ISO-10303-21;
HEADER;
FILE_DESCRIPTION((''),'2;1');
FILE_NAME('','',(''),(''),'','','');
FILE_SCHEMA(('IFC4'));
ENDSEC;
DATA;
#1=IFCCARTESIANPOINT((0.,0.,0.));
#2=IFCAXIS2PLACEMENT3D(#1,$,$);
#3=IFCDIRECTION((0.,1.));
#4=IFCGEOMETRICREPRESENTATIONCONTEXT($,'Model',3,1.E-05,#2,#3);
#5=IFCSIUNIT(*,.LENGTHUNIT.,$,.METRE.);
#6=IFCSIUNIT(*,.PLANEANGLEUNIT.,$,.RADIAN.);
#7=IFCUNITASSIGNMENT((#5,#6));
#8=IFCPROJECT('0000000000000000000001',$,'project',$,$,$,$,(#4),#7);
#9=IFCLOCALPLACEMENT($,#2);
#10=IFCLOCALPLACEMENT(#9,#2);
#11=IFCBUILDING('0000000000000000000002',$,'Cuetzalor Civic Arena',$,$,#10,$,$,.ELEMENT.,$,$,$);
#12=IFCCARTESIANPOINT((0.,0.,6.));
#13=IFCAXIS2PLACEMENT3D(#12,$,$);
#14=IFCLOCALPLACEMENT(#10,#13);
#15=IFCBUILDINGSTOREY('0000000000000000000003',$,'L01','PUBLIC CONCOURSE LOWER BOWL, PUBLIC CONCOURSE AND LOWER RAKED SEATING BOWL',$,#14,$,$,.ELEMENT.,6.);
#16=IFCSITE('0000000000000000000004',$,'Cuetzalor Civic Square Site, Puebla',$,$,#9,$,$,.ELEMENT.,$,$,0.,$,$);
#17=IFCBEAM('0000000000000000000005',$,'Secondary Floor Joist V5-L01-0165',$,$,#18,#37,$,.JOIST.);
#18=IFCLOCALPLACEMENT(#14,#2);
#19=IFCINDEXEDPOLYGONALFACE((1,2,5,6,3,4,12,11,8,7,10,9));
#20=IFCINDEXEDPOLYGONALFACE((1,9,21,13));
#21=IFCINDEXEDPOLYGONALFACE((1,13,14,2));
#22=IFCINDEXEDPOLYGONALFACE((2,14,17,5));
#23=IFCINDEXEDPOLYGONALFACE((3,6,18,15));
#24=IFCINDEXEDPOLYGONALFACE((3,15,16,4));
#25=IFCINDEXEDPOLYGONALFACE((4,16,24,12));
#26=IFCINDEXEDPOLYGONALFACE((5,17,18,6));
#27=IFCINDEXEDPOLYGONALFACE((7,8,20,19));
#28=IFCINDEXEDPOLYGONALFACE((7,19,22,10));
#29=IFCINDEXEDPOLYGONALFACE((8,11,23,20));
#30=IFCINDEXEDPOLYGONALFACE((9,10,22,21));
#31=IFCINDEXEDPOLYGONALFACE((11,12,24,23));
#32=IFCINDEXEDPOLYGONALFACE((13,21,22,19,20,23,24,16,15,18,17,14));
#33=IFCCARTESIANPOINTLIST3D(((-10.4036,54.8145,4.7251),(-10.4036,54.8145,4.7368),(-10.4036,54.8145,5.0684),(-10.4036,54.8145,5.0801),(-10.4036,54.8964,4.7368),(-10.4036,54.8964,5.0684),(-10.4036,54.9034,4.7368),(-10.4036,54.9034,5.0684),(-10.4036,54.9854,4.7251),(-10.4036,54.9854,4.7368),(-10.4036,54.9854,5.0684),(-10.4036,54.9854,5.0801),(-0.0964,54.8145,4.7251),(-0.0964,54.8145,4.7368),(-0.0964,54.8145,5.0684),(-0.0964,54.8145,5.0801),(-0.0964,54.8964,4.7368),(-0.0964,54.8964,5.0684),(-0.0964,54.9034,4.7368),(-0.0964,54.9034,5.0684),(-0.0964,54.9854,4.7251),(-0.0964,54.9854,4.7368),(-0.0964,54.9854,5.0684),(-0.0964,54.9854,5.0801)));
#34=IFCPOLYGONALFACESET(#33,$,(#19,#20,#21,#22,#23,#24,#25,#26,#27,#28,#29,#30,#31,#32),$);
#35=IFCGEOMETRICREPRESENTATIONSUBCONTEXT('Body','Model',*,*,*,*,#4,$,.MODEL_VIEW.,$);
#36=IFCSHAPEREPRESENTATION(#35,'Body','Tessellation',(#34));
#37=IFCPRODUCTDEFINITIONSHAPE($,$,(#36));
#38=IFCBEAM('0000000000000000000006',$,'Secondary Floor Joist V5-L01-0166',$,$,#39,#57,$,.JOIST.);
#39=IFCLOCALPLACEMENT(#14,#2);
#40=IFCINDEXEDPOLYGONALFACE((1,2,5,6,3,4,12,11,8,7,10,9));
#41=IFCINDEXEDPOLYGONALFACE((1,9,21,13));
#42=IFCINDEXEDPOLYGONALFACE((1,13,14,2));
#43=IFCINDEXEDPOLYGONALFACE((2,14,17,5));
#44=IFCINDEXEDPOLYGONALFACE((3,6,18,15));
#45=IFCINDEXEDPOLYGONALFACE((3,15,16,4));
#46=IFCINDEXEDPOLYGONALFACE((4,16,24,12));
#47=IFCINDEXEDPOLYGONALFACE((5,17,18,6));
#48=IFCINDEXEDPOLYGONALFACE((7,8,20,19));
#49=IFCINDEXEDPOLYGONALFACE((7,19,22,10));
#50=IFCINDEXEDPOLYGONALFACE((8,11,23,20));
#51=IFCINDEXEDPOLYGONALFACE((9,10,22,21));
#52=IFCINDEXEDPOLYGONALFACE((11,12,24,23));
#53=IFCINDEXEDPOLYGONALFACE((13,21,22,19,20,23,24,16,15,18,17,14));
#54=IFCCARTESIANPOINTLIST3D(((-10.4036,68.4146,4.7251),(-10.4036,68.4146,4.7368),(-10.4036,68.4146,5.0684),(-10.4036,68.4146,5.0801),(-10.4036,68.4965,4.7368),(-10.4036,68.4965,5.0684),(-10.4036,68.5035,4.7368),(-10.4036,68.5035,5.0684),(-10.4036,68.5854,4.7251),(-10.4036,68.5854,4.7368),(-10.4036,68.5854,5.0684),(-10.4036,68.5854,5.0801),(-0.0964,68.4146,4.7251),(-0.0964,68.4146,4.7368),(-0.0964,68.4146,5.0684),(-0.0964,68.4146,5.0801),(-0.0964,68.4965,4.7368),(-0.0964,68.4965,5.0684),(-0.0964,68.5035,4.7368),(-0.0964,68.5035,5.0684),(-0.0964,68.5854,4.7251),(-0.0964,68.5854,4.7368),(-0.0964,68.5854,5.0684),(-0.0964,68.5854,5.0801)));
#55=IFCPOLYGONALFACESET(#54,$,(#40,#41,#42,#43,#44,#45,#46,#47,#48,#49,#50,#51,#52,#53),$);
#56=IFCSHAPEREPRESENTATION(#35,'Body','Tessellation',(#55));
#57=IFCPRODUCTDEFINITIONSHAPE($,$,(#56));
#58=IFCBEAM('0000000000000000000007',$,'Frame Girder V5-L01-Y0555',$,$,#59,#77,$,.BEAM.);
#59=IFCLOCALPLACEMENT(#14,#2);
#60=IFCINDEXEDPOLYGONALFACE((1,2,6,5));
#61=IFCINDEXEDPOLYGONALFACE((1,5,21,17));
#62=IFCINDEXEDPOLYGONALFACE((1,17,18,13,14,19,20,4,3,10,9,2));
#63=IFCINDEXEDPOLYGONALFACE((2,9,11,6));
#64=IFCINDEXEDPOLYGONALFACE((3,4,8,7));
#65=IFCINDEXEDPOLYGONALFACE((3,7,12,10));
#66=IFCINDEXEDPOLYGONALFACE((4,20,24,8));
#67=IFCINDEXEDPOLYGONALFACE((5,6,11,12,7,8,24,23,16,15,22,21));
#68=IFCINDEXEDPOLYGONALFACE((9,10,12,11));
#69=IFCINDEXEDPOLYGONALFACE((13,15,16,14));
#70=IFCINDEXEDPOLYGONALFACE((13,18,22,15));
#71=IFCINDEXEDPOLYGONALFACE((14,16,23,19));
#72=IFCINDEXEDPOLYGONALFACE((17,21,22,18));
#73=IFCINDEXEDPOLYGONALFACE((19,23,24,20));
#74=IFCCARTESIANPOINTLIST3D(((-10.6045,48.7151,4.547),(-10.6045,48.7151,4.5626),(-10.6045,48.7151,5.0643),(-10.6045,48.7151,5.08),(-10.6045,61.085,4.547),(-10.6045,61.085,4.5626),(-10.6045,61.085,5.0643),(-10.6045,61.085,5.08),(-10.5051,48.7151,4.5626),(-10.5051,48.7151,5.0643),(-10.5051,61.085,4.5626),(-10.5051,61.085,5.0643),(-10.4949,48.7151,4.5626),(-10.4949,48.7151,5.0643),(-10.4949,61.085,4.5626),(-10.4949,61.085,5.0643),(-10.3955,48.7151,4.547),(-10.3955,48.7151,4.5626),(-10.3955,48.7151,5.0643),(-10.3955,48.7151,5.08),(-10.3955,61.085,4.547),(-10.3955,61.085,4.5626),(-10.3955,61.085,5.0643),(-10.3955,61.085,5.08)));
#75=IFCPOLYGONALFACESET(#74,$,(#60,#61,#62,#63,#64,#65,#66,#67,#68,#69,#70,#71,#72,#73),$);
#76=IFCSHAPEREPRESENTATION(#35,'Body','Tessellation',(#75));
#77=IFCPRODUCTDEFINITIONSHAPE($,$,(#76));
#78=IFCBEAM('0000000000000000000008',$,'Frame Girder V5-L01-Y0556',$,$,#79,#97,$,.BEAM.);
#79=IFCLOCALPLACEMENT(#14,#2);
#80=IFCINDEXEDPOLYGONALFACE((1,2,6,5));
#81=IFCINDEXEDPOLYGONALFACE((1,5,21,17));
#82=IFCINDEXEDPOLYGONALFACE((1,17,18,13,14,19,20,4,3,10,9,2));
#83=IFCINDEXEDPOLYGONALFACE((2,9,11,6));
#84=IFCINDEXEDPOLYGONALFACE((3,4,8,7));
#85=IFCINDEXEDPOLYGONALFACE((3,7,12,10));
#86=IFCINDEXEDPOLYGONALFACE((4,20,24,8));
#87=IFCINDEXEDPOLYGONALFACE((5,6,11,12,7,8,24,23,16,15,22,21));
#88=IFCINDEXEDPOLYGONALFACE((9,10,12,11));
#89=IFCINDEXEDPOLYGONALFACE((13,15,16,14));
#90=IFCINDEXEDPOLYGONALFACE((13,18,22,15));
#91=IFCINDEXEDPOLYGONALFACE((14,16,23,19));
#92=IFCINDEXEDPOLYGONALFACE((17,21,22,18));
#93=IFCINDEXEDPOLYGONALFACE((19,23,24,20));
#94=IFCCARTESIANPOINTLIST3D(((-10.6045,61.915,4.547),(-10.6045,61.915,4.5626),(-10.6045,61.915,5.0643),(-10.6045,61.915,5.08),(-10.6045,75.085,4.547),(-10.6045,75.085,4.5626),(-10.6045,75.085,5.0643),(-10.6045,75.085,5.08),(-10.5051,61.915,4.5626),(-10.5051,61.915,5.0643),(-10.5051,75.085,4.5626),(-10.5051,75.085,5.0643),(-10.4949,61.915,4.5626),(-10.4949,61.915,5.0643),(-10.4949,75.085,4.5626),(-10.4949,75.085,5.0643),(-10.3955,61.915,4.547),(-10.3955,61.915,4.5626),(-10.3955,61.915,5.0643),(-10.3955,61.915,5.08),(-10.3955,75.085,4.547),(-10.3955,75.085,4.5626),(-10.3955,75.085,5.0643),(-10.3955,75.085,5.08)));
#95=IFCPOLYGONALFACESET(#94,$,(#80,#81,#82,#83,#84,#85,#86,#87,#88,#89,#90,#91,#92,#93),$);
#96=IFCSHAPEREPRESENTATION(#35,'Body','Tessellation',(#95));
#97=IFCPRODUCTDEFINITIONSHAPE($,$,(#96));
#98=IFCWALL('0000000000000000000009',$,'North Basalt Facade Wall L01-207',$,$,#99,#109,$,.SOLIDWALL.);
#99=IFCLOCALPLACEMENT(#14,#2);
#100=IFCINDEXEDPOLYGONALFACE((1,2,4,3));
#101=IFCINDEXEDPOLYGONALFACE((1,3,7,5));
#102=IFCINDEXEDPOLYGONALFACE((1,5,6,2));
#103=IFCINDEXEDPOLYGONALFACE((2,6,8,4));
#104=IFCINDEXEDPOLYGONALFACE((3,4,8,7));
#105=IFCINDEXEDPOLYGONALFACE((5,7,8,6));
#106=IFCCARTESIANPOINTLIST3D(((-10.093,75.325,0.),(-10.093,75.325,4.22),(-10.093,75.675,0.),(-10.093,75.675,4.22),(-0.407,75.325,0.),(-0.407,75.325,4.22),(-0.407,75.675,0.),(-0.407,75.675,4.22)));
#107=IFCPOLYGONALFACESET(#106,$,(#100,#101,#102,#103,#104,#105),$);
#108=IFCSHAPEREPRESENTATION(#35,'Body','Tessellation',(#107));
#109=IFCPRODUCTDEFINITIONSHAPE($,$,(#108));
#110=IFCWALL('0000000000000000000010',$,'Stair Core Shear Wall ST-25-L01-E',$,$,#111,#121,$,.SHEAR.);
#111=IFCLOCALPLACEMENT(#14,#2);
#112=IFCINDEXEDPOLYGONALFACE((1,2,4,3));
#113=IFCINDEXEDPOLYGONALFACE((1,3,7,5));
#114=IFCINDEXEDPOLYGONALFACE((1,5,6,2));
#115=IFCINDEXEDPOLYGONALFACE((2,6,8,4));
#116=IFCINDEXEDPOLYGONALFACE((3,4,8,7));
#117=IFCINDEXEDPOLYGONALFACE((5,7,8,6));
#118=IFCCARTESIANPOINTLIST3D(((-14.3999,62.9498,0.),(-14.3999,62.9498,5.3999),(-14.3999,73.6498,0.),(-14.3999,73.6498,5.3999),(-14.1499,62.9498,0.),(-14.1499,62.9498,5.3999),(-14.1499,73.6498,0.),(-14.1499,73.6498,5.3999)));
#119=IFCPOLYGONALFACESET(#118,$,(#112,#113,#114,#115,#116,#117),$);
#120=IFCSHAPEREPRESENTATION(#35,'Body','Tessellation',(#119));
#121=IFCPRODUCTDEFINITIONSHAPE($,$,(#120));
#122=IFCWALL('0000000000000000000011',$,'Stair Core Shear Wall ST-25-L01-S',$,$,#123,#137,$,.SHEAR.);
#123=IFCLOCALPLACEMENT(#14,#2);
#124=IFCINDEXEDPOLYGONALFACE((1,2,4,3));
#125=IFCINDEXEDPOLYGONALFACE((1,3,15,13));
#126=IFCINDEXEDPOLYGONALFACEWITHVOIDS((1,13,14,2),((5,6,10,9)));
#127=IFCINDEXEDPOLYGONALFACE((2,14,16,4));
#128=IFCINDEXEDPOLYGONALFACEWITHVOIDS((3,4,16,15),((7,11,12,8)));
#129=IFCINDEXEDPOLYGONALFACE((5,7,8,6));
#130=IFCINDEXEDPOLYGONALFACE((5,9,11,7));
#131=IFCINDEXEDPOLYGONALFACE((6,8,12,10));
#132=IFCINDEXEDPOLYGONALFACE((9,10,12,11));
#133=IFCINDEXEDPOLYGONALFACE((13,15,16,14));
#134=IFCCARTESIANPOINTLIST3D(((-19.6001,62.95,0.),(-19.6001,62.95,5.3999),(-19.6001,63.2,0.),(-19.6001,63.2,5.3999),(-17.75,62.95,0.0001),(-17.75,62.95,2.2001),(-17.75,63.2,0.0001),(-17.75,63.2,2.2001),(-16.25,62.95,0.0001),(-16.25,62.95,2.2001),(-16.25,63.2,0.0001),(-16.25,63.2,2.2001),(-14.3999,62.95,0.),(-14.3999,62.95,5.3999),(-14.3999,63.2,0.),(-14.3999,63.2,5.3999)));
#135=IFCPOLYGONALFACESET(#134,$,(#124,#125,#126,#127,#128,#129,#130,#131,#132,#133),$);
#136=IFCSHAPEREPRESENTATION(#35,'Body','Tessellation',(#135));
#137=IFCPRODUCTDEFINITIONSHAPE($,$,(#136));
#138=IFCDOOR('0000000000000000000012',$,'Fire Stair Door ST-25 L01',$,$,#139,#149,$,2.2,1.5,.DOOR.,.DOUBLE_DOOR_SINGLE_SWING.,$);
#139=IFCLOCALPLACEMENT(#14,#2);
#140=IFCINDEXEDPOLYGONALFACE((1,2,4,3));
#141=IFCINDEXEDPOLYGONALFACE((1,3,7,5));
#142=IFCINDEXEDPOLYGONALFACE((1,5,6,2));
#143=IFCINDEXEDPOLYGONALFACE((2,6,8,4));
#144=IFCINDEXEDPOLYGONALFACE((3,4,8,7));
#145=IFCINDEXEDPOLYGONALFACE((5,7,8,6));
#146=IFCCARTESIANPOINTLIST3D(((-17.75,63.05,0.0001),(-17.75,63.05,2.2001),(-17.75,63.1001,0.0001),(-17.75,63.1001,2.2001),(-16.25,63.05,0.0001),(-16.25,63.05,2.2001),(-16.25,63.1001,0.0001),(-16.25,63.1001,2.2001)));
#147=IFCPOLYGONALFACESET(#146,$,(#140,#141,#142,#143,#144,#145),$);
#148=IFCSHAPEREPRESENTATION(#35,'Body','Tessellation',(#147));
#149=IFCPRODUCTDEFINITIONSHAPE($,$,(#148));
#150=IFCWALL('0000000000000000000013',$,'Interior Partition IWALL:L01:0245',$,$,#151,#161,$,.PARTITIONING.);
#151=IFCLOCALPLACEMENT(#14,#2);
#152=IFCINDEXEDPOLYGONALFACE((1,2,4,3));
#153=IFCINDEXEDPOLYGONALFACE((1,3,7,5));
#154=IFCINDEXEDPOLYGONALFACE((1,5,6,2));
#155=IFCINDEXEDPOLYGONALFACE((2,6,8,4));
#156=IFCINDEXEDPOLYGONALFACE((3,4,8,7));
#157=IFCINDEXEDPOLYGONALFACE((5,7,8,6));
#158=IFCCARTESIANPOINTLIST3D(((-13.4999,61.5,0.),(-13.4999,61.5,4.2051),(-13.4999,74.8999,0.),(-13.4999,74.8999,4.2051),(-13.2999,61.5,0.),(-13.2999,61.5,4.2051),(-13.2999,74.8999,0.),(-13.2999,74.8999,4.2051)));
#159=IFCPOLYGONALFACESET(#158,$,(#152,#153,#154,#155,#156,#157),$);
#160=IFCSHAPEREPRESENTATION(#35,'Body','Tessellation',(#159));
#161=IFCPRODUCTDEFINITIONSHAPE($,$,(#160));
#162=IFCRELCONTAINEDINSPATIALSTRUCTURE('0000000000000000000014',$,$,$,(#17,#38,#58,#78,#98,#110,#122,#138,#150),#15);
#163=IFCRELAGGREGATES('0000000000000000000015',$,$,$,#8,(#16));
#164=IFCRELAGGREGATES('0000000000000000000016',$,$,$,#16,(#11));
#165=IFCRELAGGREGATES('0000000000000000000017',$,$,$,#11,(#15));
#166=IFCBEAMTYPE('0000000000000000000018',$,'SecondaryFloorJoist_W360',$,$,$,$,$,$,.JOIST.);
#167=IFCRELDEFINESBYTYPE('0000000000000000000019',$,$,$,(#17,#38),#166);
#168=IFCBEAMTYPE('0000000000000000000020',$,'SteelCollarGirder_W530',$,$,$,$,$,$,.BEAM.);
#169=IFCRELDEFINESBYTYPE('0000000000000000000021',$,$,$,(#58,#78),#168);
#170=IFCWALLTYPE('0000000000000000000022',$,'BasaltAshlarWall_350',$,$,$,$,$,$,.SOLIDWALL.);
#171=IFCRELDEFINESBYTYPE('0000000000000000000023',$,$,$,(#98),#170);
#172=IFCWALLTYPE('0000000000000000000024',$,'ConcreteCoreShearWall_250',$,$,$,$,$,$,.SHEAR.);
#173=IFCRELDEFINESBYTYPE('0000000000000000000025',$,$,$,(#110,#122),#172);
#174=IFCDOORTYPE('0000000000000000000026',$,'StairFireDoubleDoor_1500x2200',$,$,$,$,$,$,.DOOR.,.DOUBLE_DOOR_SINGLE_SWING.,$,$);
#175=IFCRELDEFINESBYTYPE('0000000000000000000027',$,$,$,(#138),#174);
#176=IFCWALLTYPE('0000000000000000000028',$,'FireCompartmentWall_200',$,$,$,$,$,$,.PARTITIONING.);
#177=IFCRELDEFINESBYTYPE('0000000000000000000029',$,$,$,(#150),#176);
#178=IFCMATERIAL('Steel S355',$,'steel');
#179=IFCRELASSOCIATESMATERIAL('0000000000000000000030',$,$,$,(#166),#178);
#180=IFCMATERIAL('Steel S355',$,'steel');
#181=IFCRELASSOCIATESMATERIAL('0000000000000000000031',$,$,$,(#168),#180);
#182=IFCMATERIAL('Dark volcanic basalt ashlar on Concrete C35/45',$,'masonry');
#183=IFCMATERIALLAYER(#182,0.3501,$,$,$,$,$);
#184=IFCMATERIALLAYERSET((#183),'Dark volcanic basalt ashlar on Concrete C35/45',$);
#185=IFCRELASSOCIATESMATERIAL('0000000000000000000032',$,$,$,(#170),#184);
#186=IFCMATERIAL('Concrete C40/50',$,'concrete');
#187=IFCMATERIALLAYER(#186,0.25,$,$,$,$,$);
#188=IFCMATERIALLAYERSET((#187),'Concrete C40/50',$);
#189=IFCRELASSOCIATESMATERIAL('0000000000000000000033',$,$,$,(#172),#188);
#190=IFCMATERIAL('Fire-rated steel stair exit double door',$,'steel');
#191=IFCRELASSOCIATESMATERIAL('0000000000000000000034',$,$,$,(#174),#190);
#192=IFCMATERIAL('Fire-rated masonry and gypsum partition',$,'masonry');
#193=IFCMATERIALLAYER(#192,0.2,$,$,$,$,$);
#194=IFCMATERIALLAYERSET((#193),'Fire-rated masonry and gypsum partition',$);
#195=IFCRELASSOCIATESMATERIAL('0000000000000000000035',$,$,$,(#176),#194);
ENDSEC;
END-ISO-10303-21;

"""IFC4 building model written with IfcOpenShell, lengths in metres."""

from ifc_helpers import new_model, si_unit, direction, frame, frame_2d, origin, origin_2d, place, context, subcontext, project, spatial, rectangle, i_section, extrude, material, layer, layer_set, material_profile, profile_set, type_object, element, fill, save


model = new_model("IFC4")

# Units and contexts
model_context = context("Model", 3, precision=1e-05, world=origin(), true_north=direction((0.0, 1.0)))
body_context = subcontext(model_context, "Body", "Model", "MODEL_VIEW")
ifc_project = project(units=[si_unit("LENGTHUNIT", "METRE"), si_unit("PLANEANGLEUNIT", "RADIAN")], contexts=[model_context])

# Site, building, storey
site_placement = place(None, origin())
site = spatial("IfcSite", under=ifc_project, at=site_placement, Name="Cuetzalor Civic Square Site, Puebla", CompositionType="ELEMENT", RefElevation=0.0)
building_placement = place(site_placement, origin())
building = spatial("IfcBuilding", under=site, at=building_placement, Name="Cuetzalor Civic Arena", CompositionType="ELEMENT")
storey_placement = place(building_placement, frame((0.0, 0.0, 6.0)))
storey = spatial("IfcBuildingStorey", under=building, at=storey_placement, Name="L01", Description="PUBLIC CONCOURSE LOWER BOWL, PUBLIC CONCOURSE AND LOWER RAKED SEATING BOWL", CompositionType="ELEMENT", Elevation=6.0)

# Beams
ifc_material_1 = material(Name="Steel S355", Category="steel")
ifc_material_profile_1 = material_profile(ifc_material_1, i_section(OverallWidth=0.1709, OverallDepth=0.355, WebThickness=0.0071, FlangeThickness=0.0117, at=origin_2d()), Name="W360x51")
ifc_profile_set_1 = profile_set([ifc_material_profile_1], Name="Steel S355")
beam_type_1 = type_object("IfcBeamType", Name="SecondaryFloorJoist_W360", PredefinedType="JOIST", material=ifc_profile_set_1)
for number, where, z_axis, x_axis, name in (
    (1, (-10.4036, 54.8999, 4.9026), (1.0, 0.0, 0.0), (0.0, 1.0, 0.0), "Secondary Floor Joist V5-L01-0165"),
    (2, (-10.4036, 68.5, 4.9026), (1.0, 0.0, 0.0), (0.0, 1.0, 0.0), "Secondary Floor Joist V5-L01-0166"),
):
    element("IfcBeam", number, at=place(storey_placement, frame(where, z_axis=z_axis, x_axis=x_axis)), inside=storey, type_object=beam_type_1, Name=name, PredefinedType="JOIST", context=body_context, shape_type="SweptSolid", body=[
        extrude(i_section(OverallWidth=0.1709, OverallDepth=0.355, WebThickness=0.0071, FlangeThickness=0.0117, at=origin_2d()), origin(), (0.0, 0.0, 1.0), 10.3071),
    ])
ifc_material_2 = material(Name="Steel S355", Category="steel")
ifc_material_profile_2 = material_profile(ifc_material_2, i_section(OverallWidth=0.209, OverallDepth=0.533, WebThickness=0.0103, FlangeThickness=0.0156, at=origin_2d()), Name="W530x92")
ifc_profile_set_2 = profile_set([ifc_material_profile_2], Name="Steel S355")
beam_type_2 = type_object("IfcBeamType", Name="SteelCollarGirder_W530", PredefinedType="BEAM", material=ifc_profile_set_2)
beam_1_placement = place(storey_placement, frame((-10.5, 48.7151, 4.8135), z_axis=(0.0, 1.0, 0.0), x_axis=(-1.0, 0.0, 0.0)))
element("IfcBeam", 3, at=beam_1_placement, inside=storey, type_object=beam_type_2, Name="Frame Girder V5-L01-Y0555", PredefinedType="BEAM", context=body_context, shape_type="SweptSolid", body=[
    extrude(i_section(OverallWidth=0.209, OverallDepth=0.533, WebThickness=0.0103, FlangeThickness=0.0156, at=origin_2d()), origin(), (0.0, 0.0, 1.0), 12.3699),
])
beam_2_placement = place(storey_placement, frame((-10.5, 61.915, 4.8135), z_axis=(0.0, 1.0, 0.0), x_axis=(-1.0, 0.0, 0.0)))
element("IfcBeam", 4, at=beam_2_placement, inside=storey, type_object=beam_type_2, Name="Frame Girder V5-L01-Y0556", PredefinedType="BEAM", context=body_context, shape_type="SweptSolid", body=[
    extrude(i_section(OverallWidth=0.209, OverallDepth=0.533, WebThickness=0.0103, FlangeThickness=0.0156, at=origin_2d()), origin(), (0.0, 0.0, 1.0), 13.1699),
])

# Walls
ifc_material_3 = material(Name="Dark volcanic basalt ashlar on Concrete C35/45", Category="masonry")
ifc_layer_1 = layer(ifc_material_3, 0.3501)
ifc_layer_set_1 = layer_set([ifc_layer_1], Name="Dark volcanic basalt ashlar on Concrete C35/45")
wall_type_1 = type_object("IfcWallType", Name="BasaltAshlarWall_350", PredefinedType="SOLIDWALL", material=ifc_layer_set_1)
wall_1_placement = place(storey_placement, frame((-10.093, 75.5, 0.0), z_axis=(0.0, 0.0, 1.0), x_axis=(1.0, 0.0, 0.0)))
element("IfcWall", 5, at=wall_1_placement, inside=storey, type_object=wall_type_1, Name="North Basalt Facade Wall L01-207", PredefinedType="SOLIDWALL", context=body_context, shape_type="SweptSolid", body=[
    extrude(rectangle(XDim=9.686, YDim=0.3501, at=frame_2d((4.843, 0.0))), origin(), (0.0, 0.0, 1.0), 4.22),
])
ifc_material_4 = material(Name="Concrete C40/50", Category="concrete")
ifc_layer_2 = layer(ifc_material_4, 0.25)
ifc_layer_set_2 = layer_set([ifc_layer_2], Name="Concrete C40/50")
wall_type_2 = type_object("IfcWallType", Name="ConcreteCoreShearWall_250", PredefinedType="SHEAR", material=ifc_layer_set_2)
wall_2_placement = place(storey_placement, frame((-14.2749, 73.6499, 0.0), z_axis=(0.0, 0.0, 1.0), x_axis=(0.0, -1.0, 0.0)))
element("IfcWall", 6, at=wall_2_placement, inside=storey, type_object=wall_type_2, Name="Stair Core Shear Wall ST-25-L01-E", PredefinedType="SHEAR", context=body_context, shape_type="SweptSolid", body=[
    extrude(rectangle(XDim=10.7, YDim=0.25, at=frame_2d((5.3501, 0.0))), origin(), (0.0, 0.0, 1.0), 5.3999),
])

# Wall, opening, door
wall_3_placement = place(storey_placement, frame((-14.3999, 63.075, 0.0), z_axis=(0.0, 0.0, 1.0), x_axis=(-1.0, 0.0, 0.0)))
wall_3 = element("IfcWall", 7, at=wall_3_placement, inside=storey, type_object=wall_type_2, Name="Stair Core Shear Wall ST-25-L01-S", PredefinedType="SHEAR", context=body_context, shape_type="SweptSolid", body=[
    extrude(rectangle(XDim=5.2002, YDim=0.25, at=frame_2d((2.6001, 0.0))), origin(), (0.0, 0.0, 1.0), 5.3999),
])
opening_placement = place(wall_3_placement, frame((1.8501, 0.0, 0.0)))
opening = element("IfcOpeningElement", 8, at=opening_placement, cuts=wall_3, PredefinedType="OPENING", context=body_context, shape_type="SweptSolid", body=[
    extrude(rectangle(XDim=1.5, YDim=2.2, at=frame_2d((0.75, 1.1001))), frame((0.0, 0.135, 0.0), z_axis=(0.0, -1.0, 0.0), x_axis=(1.0, 0.0, 0.0)), (0.0, 0.0, 1.0), 0.27),
])
ifc_material_5 = material(Name="Fire-rated steel stair exit double door", Category="steel")
door_type = type_object("IfcDoorType", Name="StairFireDoubleDoor_1500x2200", OperationType="DOUBLE_DOOR_SINGLE_SWING", PredefinedType="DOOR", material=ifc_material_5)
door_placement = place(opening_placement, origin())
door = element("IfcDoor", 9, at=door_placement, inside=storey, type_object=door_type, Name="Fire Stair Door ST-25 L01", OperationType="DOUBLE_DOOR_SINGLE_SWING", OverallHeight=2.2, OverallWidth=1.5, PredefinedType="DOOR", context=body_context, shape_type="SweptSolid", body=[
    extrude(rectangle(XDim=1.5, YDim=2.2, at=frame_2d((0.75, 1.1001))), frame((0.0, 0.0249, 0.0), z_axis=(0.0, -1.0, 0.0), x_axis=(1.0, 0.0, 0.0)), (0.0, 0.0, 1.0), 0.05),
])
fill(opening, door)

# Wall
ifc_material_6 = material(Name="Fire-rated masonry and gypsum partition", Category="masonry")
ifc_layer_3 = layer(ifc_material_6, 0.2)
ifc_layer_set_3 = layer_set([ifc_layer_3], Name="Fire-rated masonry and gypsum partition")
wall_type_3 = type_object("IfcWallType", Name="FireCompartmentWall_200", PredefinedType="PARTITIONING", material=ifc_layer_set_3)
wall_4_placement = place(storey_placement, frame((-13.3999, 61.5, 0.0), z_axis=(0.0, 0.0, 1.0), x_axis=(0.0, 1.0, 0.0)))
element("IfcWall", 10, at=wall_4_placement, inside=storey, type_object=wall_type_3, Name="Interior Partition IWALL:L01:0245", PredefinedType="PARTITIONING", context=body_context, shape_type="SweptSolid", body=[
    extrude(rectangle(XDim=13.3999, YDim=0.2, at=frame_2d((6.7, 0.0))), origin(), (0.0, 0.0, 1.0), 4.2051),
])

save(model, "model.ifc")
